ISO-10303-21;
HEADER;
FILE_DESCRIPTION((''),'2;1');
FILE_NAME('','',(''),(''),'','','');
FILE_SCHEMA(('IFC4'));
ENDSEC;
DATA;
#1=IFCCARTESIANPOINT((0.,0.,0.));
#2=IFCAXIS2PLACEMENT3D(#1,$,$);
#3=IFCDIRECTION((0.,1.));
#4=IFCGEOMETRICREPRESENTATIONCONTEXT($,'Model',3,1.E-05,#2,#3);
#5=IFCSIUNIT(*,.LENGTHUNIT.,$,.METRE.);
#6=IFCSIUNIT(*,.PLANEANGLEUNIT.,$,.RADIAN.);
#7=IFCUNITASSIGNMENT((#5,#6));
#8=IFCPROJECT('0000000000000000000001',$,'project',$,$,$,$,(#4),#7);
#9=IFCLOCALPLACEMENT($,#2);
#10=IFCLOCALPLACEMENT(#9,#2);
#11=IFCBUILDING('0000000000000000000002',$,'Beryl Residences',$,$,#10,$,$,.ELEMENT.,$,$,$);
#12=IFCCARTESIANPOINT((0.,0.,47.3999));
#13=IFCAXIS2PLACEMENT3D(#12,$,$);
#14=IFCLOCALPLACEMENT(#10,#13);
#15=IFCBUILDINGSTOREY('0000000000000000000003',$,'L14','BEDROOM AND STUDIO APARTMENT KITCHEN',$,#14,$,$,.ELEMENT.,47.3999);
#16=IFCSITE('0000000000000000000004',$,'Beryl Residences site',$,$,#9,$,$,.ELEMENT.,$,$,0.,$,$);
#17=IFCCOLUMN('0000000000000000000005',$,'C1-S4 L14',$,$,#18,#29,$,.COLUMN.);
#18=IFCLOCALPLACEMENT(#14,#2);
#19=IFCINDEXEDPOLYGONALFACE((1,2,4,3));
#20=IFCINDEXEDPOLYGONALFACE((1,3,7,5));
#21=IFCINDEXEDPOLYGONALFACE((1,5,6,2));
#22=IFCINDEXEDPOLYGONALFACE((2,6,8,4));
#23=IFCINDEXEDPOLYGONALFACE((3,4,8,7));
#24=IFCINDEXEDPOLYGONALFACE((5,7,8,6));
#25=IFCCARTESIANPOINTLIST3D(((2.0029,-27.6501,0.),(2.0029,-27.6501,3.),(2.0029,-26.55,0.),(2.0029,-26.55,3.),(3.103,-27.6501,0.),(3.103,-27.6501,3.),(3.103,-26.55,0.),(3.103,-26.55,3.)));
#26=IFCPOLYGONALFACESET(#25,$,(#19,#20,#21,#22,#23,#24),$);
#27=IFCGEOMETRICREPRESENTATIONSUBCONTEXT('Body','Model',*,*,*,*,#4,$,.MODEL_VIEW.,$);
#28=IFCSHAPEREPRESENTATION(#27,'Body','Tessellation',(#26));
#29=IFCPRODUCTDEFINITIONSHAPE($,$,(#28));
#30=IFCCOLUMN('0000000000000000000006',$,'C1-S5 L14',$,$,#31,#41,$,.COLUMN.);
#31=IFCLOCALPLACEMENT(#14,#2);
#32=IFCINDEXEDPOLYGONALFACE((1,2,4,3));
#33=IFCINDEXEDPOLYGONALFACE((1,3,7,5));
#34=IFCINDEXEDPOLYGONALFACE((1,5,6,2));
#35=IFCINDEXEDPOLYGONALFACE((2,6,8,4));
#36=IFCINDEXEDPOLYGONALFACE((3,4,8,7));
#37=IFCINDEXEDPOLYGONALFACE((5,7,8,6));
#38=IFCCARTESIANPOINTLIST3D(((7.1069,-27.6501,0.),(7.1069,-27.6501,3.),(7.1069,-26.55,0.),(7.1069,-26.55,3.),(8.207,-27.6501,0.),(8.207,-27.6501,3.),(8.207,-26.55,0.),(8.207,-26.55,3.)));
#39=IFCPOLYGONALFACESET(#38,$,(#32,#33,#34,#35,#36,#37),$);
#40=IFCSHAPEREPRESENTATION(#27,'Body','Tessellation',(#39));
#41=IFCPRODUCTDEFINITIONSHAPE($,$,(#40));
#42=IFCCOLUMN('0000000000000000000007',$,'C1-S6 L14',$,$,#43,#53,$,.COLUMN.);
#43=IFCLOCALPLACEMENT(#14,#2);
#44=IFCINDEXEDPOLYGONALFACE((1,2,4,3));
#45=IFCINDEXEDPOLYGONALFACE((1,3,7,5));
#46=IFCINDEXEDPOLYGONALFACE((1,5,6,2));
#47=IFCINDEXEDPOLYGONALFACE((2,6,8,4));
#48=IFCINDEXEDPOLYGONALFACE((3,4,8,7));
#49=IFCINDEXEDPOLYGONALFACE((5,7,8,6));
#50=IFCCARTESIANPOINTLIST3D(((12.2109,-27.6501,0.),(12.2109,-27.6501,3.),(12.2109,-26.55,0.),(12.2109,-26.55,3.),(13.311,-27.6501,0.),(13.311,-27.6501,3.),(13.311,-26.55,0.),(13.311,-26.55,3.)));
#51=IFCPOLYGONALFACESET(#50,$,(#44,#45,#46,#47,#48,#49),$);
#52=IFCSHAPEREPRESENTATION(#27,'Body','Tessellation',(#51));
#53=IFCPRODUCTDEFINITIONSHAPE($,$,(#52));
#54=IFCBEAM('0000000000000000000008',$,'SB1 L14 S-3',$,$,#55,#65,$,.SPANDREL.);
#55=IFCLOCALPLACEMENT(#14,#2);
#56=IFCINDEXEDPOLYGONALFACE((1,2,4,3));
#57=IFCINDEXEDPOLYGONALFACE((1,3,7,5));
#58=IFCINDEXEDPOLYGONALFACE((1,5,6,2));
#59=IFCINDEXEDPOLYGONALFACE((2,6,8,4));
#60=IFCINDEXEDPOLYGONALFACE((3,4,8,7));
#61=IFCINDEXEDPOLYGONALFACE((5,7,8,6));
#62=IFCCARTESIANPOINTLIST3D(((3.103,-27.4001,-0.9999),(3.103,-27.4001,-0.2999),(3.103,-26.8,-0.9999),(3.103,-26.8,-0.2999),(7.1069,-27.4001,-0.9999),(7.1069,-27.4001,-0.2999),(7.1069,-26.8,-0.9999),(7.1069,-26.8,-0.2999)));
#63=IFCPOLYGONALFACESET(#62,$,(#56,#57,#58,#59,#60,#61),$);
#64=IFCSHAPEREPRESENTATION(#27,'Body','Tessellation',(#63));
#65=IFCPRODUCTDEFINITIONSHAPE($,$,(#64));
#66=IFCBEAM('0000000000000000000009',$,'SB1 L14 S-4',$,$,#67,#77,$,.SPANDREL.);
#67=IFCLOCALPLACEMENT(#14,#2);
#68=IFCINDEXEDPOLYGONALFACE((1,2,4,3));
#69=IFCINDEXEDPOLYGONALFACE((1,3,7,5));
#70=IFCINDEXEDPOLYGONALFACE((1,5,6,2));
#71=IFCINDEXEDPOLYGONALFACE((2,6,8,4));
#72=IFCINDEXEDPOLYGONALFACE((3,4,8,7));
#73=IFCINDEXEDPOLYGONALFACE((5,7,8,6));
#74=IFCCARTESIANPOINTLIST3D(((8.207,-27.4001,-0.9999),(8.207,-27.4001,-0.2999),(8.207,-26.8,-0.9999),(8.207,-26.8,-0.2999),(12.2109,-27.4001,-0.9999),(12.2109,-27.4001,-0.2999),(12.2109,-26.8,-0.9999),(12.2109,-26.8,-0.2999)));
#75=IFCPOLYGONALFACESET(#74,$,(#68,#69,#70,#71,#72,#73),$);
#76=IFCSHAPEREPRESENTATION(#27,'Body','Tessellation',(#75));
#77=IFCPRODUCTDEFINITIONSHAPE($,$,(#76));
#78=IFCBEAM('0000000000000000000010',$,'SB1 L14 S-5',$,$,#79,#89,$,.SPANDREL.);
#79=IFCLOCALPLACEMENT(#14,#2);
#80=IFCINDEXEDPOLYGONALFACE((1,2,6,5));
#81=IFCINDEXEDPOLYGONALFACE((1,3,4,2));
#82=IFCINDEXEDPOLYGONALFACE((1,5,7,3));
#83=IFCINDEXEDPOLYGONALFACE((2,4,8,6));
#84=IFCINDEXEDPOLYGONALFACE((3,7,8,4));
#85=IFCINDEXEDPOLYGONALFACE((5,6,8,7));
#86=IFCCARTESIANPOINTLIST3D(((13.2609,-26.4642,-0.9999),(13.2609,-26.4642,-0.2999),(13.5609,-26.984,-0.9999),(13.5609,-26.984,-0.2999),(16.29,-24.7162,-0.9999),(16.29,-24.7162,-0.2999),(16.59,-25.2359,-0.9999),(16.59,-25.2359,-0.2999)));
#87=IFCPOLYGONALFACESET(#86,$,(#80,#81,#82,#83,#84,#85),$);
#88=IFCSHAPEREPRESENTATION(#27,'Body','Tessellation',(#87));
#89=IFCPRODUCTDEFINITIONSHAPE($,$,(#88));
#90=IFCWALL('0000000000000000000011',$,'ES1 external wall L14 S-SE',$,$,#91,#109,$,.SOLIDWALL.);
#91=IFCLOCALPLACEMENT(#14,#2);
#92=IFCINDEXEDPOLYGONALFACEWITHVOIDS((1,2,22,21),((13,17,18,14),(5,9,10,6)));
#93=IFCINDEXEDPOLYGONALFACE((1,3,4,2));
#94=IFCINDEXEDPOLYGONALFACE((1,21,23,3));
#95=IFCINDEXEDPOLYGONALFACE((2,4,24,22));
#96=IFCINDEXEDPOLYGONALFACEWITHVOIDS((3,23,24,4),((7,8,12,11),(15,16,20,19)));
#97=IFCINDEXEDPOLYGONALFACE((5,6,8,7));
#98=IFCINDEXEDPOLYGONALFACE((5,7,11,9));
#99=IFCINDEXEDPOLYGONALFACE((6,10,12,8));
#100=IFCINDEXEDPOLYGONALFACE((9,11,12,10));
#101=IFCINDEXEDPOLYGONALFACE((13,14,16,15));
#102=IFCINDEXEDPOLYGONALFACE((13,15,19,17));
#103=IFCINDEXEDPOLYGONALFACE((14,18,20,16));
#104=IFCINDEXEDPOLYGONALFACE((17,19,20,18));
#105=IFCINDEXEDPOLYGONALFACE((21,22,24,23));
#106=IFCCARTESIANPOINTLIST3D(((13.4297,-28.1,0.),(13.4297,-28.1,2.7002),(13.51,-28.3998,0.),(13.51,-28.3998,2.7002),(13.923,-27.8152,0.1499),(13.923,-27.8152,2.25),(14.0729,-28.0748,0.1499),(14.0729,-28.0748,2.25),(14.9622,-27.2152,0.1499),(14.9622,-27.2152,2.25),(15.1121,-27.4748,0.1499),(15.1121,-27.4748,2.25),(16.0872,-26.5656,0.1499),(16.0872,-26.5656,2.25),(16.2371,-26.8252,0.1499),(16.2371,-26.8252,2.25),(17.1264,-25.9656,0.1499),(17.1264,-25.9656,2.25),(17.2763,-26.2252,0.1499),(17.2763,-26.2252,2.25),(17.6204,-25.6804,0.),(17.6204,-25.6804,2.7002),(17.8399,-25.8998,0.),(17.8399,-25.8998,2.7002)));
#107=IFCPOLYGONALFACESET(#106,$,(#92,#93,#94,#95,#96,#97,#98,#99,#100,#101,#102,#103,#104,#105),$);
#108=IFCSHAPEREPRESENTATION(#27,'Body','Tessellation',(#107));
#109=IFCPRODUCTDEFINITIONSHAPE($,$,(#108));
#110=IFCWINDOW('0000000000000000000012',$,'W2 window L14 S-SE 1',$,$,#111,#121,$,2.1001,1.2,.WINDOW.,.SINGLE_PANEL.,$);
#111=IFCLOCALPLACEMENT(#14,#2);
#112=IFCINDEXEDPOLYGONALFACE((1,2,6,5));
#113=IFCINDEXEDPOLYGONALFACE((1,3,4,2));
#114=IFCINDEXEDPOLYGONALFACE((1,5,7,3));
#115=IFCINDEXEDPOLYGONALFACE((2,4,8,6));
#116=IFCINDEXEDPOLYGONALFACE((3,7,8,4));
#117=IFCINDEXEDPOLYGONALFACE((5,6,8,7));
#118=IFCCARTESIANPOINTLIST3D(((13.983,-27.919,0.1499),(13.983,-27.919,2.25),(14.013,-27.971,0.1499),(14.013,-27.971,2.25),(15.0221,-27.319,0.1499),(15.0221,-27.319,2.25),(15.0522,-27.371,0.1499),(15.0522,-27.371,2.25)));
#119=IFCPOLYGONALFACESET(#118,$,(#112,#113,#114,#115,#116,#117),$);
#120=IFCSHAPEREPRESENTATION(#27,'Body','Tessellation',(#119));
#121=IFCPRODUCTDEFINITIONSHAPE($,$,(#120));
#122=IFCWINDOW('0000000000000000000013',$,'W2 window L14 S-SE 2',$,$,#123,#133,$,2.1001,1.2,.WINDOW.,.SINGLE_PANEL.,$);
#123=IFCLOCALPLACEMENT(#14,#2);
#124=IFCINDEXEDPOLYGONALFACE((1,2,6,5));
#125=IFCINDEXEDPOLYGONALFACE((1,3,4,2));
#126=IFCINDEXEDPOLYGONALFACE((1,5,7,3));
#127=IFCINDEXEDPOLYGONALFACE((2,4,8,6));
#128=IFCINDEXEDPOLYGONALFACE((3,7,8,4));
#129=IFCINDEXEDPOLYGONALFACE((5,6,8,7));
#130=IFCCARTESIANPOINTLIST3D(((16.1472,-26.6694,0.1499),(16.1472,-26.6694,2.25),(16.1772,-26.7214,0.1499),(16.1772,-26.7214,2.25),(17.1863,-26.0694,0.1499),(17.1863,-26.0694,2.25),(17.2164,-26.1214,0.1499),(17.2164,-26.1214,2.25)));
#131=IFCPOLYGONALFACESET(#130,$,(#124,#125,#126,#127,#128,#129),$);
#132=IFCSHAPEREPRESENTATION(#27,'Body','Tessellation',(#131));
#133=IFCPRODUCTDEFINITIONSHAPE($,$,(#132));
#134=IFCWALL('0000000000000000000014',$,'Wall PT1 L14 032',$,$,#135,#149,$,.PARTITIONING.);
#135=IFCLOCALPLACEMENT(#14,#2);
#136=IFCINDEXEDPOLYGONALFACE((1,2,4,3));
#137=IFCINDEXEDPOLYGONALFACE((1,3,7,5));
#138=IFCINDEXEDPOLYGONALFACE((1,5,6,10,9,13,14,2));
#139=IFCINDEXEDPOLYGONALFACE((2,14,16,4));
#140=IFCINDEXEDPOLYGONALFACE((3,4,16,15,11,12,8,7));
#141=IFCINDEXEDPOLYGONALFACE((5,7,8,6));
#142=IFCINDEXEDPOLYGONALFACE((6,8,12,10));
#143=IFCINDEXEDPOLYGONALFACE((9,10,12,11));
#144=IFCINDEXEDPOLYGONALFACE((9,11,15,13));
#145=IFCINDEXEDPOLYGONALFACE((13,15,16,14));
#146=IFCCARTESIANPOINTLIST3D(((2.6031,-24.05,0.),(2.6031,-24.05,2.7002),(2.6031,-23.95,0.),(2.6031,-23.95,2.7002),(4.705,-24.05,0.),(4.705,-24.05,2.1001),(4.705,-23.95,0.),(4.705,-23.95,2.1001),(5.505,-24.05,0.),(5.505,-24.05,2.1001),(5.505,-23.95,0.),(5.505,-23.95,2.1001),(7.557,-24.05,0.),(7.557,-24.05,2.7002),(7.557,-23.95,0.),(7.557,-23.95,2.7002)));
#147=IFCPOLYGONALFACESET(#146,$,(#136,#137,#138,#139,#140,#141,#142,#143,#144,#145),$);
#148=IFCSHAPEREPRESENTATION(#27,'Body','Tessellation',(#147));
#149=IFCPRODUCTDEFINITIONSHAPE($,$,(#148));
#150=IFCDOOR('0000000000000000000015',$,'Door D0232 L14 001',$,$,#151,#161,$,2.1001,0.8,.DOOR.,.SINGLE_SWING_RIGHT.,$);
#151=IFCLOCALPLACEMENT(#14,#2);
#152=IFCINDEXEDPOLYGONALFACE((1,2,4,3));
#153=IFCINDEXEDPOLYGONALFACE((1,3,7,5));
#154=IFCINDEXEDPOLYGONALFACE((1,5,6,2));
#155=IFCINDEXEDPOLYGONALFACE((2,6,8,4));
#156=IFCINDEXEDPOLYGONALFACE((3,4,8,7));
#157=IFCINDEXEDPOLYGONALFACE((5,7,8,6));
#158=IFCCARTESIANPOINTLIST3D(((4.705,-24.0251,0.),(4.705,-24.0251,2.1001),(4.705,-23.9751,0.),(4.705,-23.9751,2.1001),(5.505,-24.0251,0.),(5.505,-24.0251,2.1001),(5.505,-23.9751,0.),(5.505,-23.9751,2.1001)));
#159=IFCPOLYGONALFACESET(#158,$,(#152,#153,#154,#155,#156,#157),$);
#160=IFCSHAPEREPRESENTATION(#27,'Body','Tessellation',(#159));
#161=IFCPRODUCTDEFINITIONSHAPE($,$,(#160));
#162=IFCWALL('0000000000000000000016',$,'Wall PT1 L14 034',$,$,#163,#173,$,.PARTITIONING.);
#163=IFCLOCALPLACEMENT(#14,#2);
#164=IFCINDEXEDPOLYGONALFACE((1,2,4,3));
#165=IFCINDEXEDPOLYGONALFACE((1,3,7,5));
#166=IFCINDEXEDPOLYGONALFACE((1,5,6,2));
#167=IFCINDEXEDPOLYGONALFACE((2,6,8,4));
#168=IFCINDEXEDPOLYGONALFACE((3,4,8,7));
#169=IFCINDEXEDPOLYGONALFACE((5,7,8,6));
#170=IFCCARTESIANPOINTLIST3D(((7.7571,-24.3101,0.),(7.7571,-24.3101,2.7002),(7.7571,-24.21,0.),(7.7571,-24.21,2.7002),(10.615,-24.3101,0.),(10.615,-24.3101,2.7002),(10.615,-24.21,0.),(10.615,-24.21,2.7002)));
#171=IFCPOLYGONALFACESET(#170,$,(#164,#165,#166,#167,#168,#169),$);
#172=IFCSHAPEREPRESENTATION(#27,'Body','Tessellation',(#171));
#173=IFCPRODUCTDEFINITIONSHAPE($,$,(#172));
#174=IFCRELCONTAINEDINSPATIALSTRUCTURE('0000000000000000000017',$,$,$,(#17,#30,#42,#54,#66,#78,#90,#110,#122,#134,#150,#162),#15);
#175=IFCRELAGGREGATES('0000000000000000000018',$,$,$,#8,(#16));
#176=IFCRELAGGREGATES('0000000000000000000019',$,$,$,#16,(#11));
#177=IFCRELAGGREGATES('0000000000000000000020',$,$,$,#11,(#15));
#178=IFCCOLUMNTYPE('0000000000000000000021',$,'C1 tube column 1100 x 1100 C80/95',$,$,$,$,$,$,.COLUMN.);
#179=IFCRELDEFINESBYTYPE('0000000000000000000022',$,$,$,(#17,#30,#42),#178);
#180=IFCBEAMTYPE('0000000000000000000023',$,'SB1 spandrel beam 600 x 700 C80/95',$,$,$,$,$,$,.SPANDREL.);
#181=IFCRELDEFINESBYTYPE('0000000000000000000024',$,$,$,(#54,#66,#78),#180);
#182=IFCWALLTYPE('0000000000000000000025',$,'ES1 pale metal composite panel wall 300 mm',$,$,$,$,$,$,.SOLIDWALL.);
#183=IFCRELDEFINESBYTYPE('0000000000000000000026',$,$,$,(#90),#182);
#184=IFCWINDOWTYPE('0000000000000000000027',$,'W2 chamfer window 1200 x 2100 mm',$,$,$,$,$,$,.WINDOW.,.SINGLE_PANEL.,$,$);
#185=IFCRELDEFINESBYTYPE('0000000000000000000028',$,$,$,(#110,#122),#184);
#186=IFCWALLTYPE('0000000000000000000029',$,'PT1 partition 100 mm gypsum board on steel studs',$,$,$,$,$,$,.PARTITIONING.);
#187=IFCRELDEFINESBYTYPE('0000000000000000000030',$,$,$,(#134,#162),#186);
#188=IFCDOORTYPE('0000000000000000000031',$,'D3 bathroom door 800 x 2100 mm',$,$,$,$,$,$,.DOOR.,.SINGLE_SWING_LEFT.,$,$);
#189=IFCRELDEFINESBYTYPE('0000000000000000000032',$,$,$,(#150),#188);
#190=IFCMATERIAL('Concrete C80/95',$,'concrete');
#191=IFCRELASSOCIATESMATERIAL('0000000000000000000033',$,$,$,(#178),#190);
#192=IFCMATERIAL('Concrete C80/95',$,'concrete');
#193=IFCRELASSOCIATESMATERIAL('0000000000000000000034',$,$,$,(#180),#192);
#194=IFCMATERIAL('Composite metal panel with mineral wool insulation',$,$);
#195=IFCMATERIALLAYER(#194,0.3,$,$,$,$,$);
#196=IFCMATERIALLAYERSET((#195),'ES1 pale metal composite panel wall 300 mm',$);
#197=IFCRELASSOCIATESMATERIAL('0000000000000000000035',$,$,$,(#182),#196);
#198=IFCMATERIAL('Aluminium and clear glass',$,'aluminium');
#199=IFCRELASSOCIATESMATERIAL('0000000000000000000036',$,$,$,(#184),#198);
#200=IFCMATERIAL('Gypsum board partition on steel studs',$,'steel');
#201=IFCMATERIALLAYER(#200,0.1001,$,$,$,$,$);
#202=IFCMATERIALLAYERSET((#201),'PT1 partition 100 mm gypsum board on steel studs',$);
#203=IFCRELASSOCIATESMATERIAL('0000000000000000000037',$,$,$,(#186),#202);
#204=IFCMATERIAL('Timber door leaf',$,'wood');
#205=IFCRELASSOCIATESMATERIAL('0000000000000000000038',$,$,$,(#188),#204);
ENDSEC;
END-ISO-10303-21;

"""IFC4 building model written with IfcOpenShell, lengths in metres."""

from ifc_helpers import new_model, si_unit, direction, frame, frame_2d, origin, origin_2d, place, context, subcontext, project, spatial, polyline, rectangle, outline, extrude, material, layer, layer_set, material_profile, profile_set, type_object, element, fill, save


model = new_model("IFC4")

# Units and contexts
model_context = context("Model", 3, precision=1e-05, world=origin(), true_north=direction((0.0, 1.0)))
body_context = subcontext(model_context, "Body", "Model", "MODEL_VIEW")
ifc_project = project(units=[si_unit("LENGTHUNIT", "METRE"), si_unit("PLANEANGLEUNIT", "RADIAN")], contexts=[model_context])

# Site, building, storey
site_placement = place(None, origin())
site = spatial("IfcSite", under=ifc_project, at=site_placement, Name="Beryl Residences site", CompositionType="ELEMENT", RefElevation=0.0)
building_placement = place(site_placement, origin())
building = spatial("IfcBuilding", under=site, at=building_placement, Name="Beryl Residences", CompositionType="ELEMENT")
storey_placement = place(building_placement, frame((0.0, 0.0, 47.3999)))
storey = spatial("IfcBuildingStorey", under=building, at=storey_placement, Name="L14", Description="BEDROOM AND STUDIO APARTMENT KITCHEN", CompositionType="ELEMENT", Elevation=47.3999)

# Columns
ifc_material_1 = material(Name="Concrete C80/95", Category="concrete")
ifc_material_profile_1 = material_profile(ifc_material_1, rectangle(XDim=1.1001, YDim=1.1001, at=origin_2d()))
ifc_profile_set_1 = profile_set([ifc_material_profile_1], Name="Concrete C80/95")
column_type = type_object("IfcColumnType", Name="C1 tube column 1100 x 1100 C80/95", PredefinedType="COLUMN", material=ifc_profile_set_1)
for number, where, z_axis, x_axis, name in (
    (1, (2.553, -27.1001, 0.0), (0.0, 0.0, 1.0), (1.0, 0.0, 0.0), "C1-S4 L14"),
    (2, (7.657, -27.1001, 0.0), (0.0, 0.0, 1.0), (1.0, 0.0, 0.0), "C1-S5 L14"),
    (3, (12.761, -27.1001, 0.0), (0.0, 0.0, 1.0), (1.0, 0.0, 0.0), "C1-S6 L14"),
):
    element("IfcColumn", number, at=place(storey_placement, frame(where, z_axis=z_axis, x_axis=x_axis)), inside=storey, type_object=column_type, Name=name, PredefinedType="COLUMN", context=body_context, shape_type="SweptSolid", body=[
        extrude(rectangle(XDim=1.1001, YDim=1.1001, at=origin_2d()), origin(), (0.0, 0.0, 1.0), 3.0),
    ])

# Beams
ifc_material_2 = material(Name="Concrete C80/95", Category="concrete")
ifc_material_profile_2 = material_profile(ifc_material_2, rectangle(XDim=0.6001, YDim=0.7, at=origin_2d()))
ifc_profile_set_2 = profile_set([ifc_material_profile_2], Name="Concrete C80/95")
beam_type = type_object("IfcBeamType", Name="SB1 spandrel beam 600 x 700 C80/95", PredefinedType="SPANDREL", material=ifc_profile_set_2)
for number, where, z_axis, x_axis, name in (
    (4, (3.103, -27.1001, -0.6499), (1.0, 0.0, 0.0), (0.0, 1.0, 0.0), "SB1 L14 S-3"),
    (5, (8.207, -27.1001, -0.6499), (1.0, 0.0, 0.0), (0.0, 1.0, 0.0), "SB1 L14 S-4"),
):
    element("IfcBeam", number, at=place(storey_placement, frame(where, z_axis=z_axis, x_axis=x_axis)), inside=storey, type_object=beam_type, Name=name, PredefinedType="SPANDREL", context=body_context, shape_type="SweptSolid", body=[
        extrude(rectangle(XDim=0.6001, YDim=0.7, at=origin_2d()), origin(), (0.0, 0.0, 1.0), 4.0039),
    ])
beam_placement = place(storey_placement, frame((13.4109, -26.7241, -0.6499), z_axis=(0.866122, 0.499833, 0.0), x_axis=(-0.499833, 0.866122, 0.0)))
element("IfcBeam", 6, at=beam_placement, inside=storey, type_object=beam_type, Name="SB1 L14 S-5", PredefinedType="SPANDREL", context=body_context, shape_type="SweptSolid", body=[
    extrude(rectangle(XDim=0.6001, YDim=0.7, at=origin_2d()), origin(), (0.0, 0.0, 1.0), 3.4973),
])

# Wall, openings, windows
ifc_material_3 = material(Name="Composite metal panel with mineral wool insulation")
ifc_layer_1 = layer(ifc_material_3, 0.3)
ifc_layer_set_1 = layer_set([ifc_layer_1], Name="ES1 pale metal composite panel wall 300 mm")
wall_type_1 = type_object("IfcWallType", Name="ES1 pale metal composite panel wall 300 mm", PredefinedType="SOLIDWALL", material=ifc_layer_set_1)
wall_1_placement = place(storey_placement, frame((13.4351, -28.27, 0.0), z_axis=(0.0, 0.0, 1.0), x_axis=(0.866011, 0.500025, 0.0)))
wall_1 = element("IfcWall", 7, at=wall_1_placement, inside=storey, type_object=wall_type_1, Name="ES1 external wall L14 S-SE", PredefinedType="SOLIDWALL", context=body_context, shape_type="SweptSolid", body=[
    extrude(outline(polyline([(0.0, -0.1499), (4.9998, -0.1499), (4.9194, 0.1499), (0.0803, 0.1499), (0.0, -0.1499)])), origin(), (0.0, 0.0, 1.0), 2.7002),
])
opening_1_placement = place(wall_1_placement, frame((0.6499, 0.0, 0.1499)))
opening_1 = element("IfcOpeningElement", 8, at=opening_1_placement, cuts=wall_1, PredefinedType="OPENING", context=body_context, shape_type="SweptSolid", body=[
    extrude(rectangle(XDim=1.2, YDim=2.1001, at=frame_2d((0.6001, 1.05))), frame((0.0, 0.1599, 0.0), z_axis=(0.0, -1.0, 0.0), x_axis=(1.0, 0.0, 0.0)), (0.0, 0.0, 1.0), 0.3201),
])
opening_2_placement = place(wall_1_placement, frame((3.1489, 0.0, 0.1499)))
opening_2 = element("IfcOpeningElement", 9, at=opening_2_placement, cuts=wall_1, PredefinedType="OPENING", context=body_context, shape_type="SweptSolid", body=[
    extrude(rectangle(XDim=1.2, YDim=2.1001, at=frame_2d((0.6001, 1.05))), frame((0.0, 0.1599, 0.0), z_axis=(0.0, -1.0, 0.0), x_axis=(1.0, 0.0, 0.0)), (0.0, 0.0, 1.0), 0.3201),
])
ifc_material_4 = material(Name="Aluminium and clear glass", Category="aluminium")
window_type = type_object("IfcWindowType", Name="W2 chamfer window 1200 x 2100 mm", PartitioningType="SINGLE_PANEL", PredefinedType="WINDOW", material=ifc_material_4)
window_1_placement = place(opening_1_placement, origin())
window_1 = element("IfcWindow", 10, at=window_1_placement, inside=storey, type_object=window_type, Name="W2 window L14 S-SE 1", OverallHeight=2.1001, OverallWidth=1.2, PartitioningType="SINGLE_PANEL", PredefinedType="WINDOW", context=body_context, shape_type="SweptSolid", body=[
    extrude(rectangle(XDim=1.2, YDim=2.1001, at=frame_2d((0.6001, 1.05))), frame((0.0, 0.03, 0.0), z_axis=(0.0, -1.0, 0.0), x_axis=(1.0, 0.0, 0.0)), (0.0, 0.0, 1.0), 0.0601),
])
fill(opening_1, window_1)
window_2_placement = place(opening_2_placement, origin())
window_2 = element("IfcWindow", 11, at=window_2_placement, inside=storey, type_object=window_type, Name="W2 window L14 S-SE 2", OverallHeight=2.1001, OverallWidth=1.2, PartitioningType="SINGLE_PANEL", PredefinedType="WINDOW", context=body_context, shape_type="SweptSolid", body=[
    extrude(rectangle(XDim=1.2, YDim=2.1001, at=frame_2d((0.6001, 1.05))), frame((0.0, 0.03, 0.0), z_axis=(0.0, -1.0, 0.0), x_axis=(1.0, 0.0, 0.0)), (0.0, 0.0, 1.0), 0.0601),
])
fill(opening_2, window_2)

# Wall, opening, door
ifc_material_5 = material(Name="Gypsum board partition on steel studs", Category="steel")
ifc_layer_2 = layer(ifc_material_5, 0.1001)
ifc_layer_set_2 = layer_set([ifc_layer_2], Name="PT1 partition 100 mm gypsum board on steel studs")
wall_type_2 = type_object("IfcWallType", Name="PT1 partition 100 mm gypsum board on steel studs", PredefinedType="PARTITIONING", material=ifc_layer_set_2)
wall_2_placement = place(storey_placement, frame((2.603, -24.0, 0.0), z_axis=(0.0, 0.0, 1.0), x_axis=(1.0, 0.0, 0.0)))
wall_2 = element("IfcWall", 12, at=wall_2_placement, inside=storey, type_object=wall_type_2, Name="Wall PT1 L14 032", PredefinedType="PARTITIONING", context=body_context, shape_type="SweptSolid", body=[
    extrude(rectangle(XDim=4.9539, YDim=0.1001, at=frame_2d((2.4771, 0.0))), origin(), (0.0, 0.0, 1.0), 2.7002),
])
opening_3_placement = place(wall_2_placement, frame((2.1021, 0.0, 0.0)))
opening_3 = element("IfcOpeningElement", 13, at=opening_3_placement, cuts=wall_2, PredefinedType="OPENING", context=body_context, shape_type="SweptSolid", body=[
    extrude(rectangle(XDim=0.8, YDim=2.1001, at=frame_2d((0.3999, 1.05))), frame((0.0, 0.0601, 0.0), z_axis=(0.0, -1.0, 0.0), x_axis=(1.0, 0.0, 0.0)), (0.0, 0.0, 1.0), 0.1201),
])
ifc_material_6 = material(Name="Timber door leaf", Category="wood")
door_type_1 = type_object("IfcDoorType", Name="D3 bathroom door 800 x 2100 mm", OperationType="SINGLE_SWING_LEFT", PredefinedType="DOOR", material=ifc_material_6)
door_1_placement = place(opening_3_placement, origin())
door_1 = element("IfcDoor", 14, at=door_1_placement, inside=storey, type_object=door_type_1, Name="Door D0232 L14 001", OperationType="SINGLE_SWING_RIGHT", OverallHeight=2.1001, OverallWidth=0.8, PredefinedType="DOOR", context=body_context, shape_type="SweptSolid", body=[
    extrude(rectangle(XDim=0.8, YDim=2.1001, at=frame_2d((0.3999, 1.05))), frame((0.0, 0.0249, 0.0), z_axis=(0.0, -1.0, 0.0), x_axis=(1.0, 0.0, 0.0)), (0.0, 0.0, 1.0), 0.05),
])
fill(opening_3, door_1)

# Wall
wall_3_placement = place(storey_placement, frame((7.7571, -24.26, 0.0), z_axis=(0.0, 0.0, 1.0), x_axis=(1.0, 0.0, 0.0)))
element("IfcWall", 15, at=wall_3_placement, inside=storey, type_object=wall_type_2, Name="Wall PT1 L14 034", PredefinedType="PARTITIONING", context=body_context, shape_type="SweptSolid", body=[
    extrude(rectangle(XDim=2.8579, YDim=0.1001, at=frame_2d((1.429, 0.0))), origin(), (0.0, 0.0, 1.0), 2.7002),
])

save(model, "model.ifc")
